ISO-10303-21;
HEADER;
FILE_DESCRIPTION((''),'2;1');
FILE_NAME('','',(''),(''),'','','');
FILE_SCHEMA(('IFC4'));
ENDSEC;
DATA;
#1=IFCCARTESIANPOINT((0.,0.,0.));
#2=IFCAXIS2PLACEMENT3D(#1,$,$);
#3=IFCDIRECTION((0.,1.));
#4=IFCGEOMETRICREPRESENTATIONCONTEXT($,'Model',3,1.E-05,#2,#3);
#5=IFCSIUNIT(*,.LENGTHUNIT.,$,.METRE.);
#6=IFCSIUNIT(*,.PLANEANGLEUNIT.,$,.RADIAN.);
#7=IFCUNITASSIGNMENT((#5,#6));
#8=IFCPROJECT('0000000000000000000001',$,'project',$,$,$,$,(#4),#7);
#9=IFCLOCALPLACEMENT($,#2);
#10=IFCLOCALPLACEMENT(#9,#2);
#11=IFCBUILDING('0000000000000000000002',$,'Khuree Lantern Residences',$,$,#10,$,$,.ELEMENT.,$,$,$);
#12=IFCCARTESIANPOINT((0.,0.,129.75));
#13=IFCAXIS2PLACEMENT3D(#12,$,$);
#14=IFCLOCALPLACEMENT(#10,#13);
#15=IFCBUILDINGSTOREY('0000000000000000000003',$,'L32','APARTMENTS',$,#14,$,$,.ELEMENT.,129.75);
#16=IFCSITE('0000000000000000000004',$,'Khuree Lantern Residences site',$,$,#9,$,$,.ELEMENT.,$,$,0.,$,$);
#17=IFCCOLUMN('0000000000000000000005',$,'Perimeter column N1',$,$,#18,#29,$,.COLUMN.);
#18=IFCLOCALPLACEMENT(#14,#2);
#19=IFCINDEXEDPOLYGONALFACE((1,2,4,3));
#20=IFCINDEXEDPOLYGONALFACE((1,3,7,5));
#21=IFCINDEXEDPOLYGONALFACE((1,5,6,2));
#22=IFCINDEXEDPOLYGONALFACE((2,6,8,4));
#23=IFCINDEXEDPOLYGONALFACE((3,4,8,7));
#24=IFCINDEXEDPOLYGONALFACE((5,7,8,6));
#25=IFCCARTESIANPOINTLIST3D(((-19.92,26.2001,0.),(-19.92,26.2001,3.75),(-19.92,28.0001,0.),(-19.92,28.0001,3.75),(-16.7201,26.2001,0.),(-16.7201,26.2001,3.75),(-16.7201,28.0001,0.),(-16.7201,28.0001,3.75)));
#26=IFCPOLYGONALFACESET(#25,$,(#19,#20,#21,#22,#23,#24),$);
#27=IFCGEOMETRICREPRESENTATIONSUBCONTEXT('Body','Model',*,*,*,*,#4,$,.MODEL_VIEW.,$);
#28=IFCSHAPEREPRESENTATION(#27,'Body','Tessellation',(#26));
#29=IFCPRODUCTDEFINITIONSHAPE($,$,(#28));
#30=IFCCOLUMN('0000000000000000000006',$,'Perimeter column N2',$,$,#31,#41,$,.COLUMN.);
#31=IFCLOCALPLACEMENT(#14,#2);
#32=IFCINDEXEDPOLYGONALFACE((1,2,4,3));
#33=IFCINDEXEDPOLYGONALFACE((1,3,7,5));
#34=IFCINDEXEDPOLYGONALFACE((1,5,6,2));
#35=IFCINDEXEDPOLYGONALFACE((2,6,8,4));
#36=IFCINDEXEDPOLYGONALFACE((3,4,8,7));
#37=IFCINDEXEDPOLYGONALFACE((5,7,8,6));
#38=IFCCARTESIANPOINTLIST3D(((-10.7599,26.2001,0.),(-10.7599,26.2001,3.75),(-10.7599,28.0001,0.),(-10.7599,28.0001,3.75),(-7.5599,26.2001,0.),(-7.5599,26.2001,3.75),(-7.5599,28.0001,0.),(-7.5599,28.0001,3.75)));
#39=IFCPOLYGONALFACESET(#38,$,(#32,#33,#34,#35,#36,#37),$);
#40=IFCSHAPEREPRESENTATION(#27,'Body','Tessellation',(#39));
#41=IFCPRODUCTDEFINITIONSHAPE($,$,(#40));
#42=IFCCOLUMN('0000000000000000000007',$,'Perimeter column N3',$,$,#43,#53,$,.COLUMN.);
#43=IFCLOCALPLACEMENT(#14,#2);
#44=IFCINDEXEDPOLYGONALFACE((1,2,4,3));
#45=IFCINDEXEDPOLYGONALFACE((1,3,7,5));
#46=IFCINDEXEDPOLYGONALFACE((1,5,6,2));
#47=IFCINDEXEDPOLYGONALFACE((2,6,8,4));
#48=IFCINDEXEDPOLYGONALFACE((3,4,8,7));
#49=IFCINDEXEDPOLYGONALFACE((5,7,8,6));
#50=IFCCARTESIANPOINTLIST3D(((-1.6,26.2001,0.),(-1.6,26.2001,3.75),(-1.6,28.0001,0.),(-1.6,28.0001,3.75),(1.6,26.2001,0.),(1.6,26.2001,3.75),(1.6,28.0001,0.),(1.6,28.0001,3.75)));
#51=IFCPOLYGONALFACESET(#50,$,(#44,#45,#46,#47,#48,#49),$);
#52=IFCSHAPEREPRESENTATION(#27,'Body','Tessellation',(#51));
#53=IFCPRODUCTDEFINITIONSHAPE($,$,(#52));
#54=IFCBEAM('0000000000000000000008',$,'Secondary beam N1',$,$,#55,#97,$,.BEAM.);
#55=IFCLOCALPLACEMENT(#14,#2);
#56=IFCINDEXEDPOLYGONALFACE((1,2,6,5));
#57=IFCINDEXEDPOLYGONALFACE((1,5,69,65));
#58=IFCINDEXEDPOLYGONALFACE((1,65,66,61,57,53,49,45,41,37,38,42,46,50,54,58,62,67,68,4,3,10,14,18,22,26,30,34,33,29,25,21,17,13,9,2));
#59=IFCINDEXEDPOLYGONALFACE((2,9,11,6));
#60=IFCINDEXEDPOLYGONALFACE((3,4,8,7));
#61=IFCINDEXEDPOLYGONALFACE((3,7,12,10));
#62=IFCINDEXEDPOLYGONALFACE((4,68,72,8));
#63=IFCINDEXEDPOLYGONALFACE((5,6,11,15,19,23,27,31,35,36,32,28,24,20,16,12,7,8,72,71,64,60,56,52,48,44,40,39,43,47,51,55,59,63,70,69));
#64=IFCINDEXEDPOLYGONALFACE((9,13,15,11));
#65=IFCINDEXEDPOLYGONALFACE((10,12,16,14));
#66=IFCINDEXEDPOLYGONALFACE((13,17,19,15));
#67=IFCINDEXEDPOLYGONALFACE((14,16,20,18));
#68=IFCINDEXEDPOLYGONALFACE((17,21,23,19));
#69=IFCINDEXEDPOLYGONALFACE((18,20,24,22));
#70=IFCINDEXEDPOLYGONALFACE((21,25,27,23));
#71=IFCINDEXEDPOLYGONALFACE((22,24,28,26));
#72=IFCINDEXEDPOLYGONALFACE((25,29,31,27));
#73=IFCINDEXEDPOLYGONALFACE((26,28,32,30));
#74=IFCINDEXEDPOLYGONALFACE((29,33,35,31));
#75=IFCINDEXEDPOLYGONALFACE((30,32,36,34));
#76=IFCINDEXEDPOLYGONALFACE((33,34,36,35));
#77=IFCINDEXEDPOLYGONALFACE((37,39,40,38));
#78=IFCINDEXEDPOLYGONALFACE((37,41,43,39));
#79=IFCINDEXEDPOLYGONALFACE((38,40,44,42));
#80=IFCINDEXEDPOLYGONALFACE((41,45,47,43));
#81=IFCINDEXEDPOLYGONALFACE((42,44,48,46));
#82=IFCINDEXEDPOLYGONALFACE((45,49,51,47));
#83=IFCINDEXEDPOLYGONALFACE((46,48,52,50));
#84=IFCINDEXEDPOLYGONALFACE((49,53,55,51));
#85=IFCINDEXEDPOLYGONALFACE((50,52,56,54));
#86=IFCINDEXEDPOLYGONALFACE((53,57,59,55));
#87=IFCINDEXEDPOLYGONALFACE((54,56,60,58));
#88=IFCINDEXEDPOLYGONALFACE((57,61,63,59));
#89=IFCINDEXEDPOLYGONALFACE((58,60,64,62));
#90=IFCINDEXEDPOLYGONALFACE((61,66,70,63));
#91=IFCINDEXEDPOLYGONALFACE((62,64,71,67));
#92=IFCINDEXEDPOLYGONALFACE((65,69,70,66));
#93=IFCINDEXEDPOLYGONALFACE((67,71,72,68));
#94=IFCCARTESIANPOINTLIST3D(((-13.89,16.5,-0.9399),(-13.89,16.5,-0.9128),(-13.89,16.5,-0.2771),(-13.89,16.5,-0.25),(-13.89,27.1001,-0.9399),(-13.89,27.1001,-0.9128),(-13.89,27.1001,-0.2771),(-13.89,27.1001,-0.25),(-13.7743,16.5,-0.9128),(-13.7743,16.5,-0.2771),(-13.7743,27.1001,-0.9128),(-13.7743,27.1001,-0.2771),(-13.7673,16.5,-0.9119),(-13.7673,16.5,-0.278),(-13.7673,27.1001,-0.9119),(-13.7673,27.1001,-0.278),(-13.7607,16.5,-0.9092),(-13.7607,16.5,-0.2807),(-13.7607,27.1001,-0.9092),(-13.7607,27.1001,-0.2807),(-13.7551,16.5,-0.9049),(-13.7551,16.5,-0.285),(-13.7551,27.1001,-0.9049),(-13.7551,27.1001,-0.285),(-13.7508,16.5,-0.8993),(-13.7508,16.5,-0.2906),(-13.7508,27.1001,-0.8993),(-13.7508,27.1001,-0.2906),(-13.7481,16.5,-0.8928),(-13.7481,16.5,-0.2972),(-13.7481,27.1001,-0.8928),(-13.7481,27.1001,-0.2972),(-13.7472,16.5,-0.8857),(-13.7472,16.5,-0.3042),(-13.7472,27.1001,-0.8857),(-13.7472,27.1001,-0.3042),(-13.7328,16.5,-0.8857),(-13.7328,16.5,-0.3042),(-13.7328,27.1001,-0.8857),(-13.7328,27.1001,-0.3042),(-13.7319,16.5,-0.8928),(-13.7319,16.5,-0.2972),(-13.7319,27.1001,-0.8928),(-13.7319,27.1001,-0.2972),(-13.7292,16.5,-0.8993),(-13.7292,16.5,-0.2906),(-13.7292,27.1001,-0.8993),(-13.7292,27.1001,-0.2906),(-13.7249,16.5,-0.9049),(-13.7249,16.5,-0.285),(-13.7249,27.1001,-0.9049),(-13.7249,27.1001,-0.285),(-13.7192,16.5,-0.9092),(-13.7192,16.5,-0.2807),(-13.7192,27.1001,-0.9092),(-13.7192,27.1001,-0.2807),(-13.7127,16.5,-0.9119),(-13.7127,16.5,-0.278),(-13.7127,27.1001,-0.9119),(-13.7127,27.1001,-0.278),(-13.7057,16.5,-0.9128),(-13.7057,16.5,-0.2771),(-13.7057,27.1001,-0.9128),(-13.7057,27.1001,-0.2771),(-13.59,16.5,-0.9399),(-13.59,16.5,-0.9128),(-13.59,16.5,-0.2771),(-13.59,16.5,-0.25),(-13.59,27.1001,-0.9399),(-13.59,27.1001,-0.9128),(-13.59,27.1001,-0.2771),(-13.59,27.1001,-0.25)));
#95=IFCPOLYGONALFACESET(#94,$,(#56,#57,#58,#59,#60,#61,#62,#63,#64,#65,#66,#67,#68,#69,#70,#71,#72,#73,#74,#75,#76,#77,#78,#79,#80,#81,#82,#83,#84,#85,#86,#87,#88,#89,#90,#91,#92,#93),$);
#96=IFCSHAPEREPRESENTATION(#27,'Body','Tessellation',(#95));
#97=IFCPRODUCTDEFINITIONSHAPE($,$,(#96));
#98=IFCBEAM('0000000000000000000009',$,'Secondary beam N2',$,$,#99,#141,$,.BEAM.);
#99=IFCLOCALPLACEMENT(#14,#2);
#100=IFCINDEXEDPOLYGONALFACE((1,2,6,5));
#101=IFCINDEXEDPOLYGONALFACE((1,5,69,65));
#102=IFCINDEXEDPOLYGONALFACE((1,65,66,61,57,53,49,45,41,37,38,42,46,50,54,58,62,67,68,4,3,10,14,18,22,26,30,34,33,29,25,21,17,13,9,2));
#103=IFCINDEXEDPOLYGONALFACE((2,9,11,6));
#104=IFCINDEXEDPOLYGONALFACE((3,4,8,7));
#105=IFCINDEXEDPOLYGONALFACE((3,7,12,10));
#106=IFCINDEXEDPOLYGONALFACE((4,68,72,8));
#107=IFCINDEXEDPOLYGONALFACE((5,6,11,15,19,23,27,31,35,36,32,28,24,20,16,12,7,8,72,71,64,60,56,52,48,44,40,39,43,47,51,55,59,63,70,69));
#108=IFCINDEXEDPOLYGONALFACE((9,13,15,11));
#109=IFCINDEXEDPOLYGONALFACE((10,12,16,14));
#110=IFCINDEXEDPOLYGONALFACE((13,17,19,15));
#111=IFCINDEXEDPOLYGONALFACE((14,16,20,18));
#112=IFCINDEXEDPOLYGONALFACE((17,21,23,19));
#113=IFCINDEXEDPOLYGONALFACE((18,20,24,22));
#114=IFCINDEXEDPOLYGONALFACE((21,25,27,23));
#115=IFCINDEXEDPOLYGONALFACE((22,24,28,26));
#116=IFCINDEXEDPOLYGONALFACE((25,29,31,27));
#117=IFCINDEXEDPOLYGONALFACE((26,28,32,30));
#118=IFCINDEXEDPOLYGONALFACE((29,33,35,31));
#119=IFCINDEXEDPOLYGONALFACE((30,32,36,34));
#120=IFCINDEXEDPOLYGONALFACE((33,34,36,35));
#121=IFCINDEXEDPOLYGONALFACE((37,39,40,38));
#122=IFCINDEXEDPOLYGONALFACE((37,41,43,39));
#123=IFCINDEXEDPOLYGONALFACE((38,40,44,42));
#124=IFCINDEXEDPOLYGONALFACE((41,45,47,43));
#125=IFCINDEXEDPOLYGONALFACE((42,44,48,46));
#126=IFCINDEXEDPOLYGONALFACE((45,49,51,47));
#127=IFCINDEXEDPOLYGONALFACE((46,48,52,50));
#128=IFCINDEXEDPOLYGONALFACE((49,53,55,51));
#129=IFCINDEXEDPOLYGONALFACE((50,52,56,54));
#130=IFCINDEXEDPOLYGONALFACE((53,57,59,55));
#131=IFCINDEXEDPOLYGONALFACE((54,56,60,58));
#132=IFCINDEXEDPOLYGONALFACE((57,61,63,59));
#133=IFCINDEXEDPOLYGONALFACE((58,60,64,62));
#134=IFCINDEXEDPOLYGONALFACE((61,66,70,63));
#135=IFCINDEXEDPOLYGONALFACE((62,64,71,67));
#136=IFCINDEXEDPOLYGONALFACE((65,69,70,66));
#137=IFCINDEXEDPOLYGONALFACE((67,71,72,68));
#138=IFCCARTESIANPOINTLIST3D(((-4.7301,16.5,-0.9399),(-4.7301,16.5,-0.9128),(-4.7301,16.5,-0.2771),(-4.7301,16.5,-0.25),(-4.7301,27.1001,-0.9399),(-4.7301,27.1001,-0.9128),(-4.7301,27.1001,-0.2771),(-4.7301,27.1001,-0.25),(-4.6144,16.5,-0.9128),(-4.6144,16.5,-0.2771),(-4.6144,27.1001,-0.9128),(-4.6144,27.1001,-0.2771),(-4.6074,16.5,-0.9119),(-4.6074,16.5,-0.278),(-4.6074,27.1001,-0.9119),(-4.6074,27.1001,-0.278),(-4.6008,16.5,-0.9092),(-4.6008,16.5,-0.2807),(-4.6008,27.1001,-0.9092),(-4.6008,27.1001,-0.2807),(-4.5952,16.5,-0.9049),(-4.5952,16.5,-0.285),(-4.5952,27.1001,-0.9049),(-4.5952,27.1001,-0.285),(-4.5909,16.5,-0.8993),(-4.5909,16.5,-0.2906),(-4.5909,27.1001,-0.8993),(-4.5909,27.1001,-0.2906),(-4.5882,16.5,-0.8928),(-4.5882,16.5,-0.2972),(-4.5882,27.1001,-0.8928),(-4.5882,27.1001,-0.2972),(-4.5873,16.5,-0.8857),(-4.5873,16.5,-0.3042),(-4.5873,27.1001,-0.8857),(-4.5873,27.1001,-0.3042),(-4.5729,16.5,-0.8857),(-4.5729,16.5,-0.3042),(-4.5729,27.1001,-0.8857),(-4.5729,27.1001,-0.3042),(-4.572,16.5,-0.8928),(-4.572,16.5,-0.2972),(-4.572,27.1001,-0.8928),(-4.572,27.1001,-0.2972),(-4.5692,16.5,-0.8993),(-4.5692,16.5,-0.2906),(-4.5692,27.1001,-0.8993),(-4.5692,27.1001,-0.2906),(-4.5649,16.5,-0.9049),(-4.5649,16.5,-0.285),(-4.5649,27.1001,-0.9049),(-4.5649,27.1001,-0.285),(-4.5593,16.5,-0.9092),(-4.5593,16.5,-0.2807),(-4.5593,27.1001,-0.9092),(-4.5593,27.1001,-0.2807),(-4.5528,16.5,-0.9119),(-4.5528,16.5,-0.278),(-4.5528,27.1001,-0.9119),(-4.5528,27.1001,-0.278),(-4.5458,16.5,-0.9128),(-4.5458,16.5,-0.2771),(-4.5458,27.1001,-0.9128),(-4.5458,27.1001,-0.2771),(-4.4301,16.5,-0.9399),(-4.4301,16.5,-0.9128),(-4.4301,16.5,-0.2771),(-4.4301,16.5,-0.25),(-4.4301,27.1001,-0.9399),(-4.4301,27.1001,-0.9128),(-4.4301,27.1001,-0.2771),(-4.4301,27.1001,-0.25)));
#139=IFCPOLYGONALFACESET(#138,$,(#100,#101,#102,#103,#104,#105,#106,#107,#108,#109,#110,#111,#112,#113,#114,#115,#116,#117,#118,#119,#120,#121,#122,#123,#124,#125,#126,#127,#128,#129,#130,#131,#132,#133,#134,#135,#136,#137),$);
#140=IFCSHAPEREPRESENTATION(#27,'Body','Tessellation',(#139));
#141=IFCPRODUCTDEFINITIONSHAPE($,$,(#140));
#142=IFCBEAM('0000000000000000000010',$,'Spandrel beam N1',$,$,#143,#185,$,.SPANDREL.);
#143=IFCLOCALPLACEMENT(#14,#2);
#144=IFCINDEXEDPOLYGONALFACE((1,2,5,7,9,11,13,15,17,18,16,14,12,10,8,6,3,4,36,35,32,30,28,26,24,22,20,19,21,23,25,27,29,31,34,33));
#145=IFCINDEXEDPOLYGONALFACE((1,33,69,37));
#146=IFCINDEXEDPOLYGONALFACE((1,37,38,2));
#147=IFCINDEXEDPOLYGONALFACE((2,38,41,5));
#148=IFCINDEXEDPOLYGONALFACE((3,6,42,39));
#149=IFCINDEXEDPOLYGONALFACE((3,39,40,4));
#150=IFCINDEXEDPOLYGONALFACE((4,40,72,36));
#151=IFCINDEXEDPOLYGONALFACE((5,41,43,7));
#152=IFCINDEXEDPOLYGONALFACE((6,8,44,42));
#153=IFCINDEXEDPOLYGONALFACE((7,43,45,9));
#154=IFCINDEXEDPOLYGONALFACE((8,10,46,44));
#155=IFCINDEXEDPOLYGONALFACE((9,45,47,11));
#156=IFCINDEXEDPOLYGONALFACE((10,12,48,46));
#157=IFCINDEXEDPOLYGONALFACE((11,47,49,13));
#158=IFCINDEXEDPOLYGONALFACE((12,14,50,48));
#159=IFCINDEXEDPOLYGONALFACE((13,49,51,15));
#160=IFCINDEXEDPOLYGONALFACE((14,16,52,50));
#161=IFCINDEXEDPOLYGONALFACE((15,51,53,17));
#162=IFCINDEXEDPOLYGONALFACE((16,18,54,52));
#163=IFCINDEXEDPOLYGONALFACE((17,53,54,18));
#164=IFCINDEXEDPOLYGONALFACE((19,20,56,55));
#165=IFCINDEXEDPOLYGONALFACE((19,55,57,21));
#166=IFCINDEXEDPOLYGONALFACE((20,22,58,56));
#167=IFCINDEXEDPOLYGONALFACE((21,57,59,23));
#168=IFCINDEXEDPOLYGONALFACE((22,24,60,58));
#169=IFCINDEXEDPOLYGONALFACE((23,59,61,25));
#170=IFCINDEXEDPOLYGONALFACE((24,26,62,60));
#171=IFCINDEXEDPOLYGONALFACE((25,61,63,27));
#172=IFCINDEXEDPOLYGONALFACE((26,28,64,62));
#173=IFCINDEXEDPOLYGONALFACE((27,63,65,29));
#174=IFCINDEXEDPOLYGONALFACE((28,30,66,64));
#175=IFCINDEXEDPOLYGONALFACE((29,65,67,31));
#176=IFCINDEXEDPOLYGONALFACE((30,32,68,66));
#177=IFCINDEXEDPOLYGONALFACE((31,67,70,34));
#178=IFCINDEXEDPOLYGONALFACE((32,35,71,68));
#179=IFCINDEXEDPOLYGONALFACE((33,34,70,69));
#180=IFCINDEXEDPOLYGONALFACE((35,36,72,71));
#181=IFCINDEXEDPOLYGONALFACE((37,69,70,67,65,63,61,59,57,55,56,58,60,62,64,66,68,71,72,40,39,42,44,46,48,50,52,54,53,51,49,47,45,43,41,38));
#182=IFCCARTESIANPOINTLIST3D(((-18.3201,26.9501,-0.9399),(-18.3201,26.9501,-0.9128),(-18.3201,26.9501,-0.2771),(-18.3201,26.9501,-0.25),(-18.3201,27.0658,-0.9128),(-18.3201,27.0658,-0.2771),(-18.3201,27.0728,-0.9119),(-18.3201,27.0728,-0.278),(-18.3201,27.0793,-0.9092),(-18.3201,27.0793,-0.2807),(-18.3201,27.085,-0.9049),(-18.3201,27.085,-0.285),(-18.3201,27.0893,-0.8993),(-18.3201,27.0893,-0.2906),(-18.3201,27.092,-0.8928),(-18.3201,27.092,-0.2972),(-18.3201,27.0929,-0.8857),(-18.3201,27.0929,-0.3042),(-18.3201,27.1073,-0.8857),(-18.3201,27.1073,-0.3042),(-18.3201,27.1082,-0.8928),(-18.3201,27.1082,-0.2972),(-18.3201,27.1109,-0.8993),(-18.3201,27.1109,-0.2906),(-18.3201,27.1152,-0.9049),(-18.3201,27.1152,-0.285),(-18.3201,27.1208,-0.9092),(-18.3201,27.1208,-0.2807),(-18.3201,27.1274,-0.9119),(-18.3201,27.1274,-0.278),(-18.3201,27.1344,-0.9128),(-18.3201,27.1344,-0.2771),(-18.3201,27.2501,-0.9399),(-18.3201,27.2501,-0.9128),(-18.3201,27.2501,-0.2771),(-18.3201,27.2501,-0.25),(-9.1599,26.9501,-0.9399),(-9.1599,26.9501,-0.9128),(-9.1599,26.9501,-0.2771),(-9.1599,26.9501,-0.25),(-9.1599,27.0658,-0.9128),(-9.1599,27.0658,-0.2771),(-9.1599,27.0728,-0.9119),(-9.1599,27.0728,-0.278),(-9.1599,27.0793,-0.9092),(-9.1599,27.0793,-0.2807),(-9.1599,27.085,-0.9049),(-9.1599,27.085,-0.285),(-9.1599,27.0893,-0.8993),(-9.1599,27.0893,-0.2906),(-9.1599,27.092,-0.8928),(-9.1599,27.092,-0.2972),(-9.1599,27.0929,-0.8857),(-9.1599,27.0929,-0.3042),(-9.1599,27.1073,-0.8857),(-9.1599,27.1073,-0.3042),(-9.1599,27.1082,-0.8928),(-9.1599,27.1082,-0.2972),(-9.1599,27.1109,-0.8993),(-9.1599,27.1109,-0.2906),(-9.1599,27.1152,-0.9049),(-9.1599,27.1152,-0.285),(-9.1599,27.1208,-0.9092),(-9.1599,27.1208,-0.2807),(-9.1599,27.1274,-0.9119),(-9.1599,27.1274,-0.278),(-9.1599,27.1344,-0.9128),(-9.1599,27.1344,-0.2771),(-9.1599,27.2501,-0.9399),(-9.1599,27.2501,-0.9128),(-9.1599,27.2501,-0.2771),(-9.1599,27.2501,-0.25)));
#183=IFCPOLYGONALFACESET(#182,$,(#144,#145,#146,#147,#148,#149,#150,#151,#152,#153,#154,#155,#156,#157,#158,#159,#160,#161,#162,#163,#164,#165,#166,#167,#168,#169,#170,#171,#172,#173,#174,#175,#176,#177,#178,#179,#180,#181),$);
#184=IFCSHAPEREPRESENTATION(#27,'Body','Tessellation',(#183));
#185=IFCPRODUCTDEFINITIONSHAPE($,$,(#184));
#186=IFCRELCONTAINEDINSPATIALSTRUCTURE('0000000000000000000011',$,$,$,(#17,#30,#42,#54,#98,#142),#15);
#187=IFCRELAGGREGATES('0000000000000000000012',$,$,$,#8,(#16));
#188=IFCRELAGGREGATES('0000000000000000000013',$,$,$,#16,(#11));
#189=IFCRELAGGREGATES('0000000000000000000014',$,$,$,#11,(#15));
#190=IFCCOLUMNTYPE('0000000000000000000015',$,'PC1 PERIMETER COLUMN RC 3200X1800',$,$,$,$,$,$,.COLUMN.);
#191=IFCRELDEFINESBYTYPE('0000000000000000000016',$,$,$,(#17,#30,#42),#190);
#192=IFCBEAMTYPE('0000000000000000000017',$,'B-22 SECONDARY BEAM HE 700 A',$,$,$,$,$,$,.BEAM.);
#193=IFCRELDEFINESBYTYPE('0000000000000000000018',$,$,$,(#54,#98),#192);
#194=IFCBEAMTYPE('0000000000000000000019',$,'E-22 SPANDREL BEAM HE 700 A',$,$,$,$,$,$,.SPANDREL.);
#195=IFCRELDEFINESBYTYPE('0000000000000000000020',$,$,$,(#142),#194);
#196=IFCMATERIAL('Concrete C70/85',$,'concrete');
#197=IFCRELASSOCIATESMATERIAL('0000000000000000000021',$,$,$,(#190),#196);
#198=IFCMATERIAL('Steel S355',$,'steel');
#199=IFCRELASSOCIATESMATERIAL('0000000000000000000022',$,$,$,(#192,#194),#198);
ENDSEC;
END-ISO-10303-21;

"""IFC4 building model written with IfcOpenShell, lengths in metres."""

from ifc_helpers import new_model, si_unit, direction, frame, origin, origin_2d, place, context, subcontext, project, spatial, rectangle, i_section, extrude, material, material_profile, profile_set, type_object, element, save


model = new_model("IFC4")

# Units and contexts
model_context = context("Model", 3, precision=1e-05, world=origin(), true_north=direction((0.0, 1.0)))
body_context = subcontext(model_context, "Body", "Model", "MODEL_VIEW")
ifc_project = project(units=[si_unit("LENGTHUNIT", "METRE"), si_unit("PLANEANGLEUNIT", "RADIAN")], contexts=[model_context])

# Site, building, storey
site_placement = place(None, origin())
site = spatial("IfcSite", under=ifc_project, at=site_placement, Name="Khuree Lantern Residences site", CompositionType="ELEMENT", RefElevation=0.0)
building_placement = place(site_placement, origin())
building = spatial("IfcBuilding", under=site, at=building_placement, Name="Khuree Lantern Residences", CompositionType="ELEMENT")
storey_placement = place(building_placement, frame((0.0, 0.0, 129.75)))
storey = spatial("IfcBuildingStorey", under=building, at=storey_placement, Name="L32", Description="APARTMENTS", CompositionType="ELEMENT", Elevation=129.75)

# Columns
ifc_material_1 = material(Name="Concrete C70/85", Category="concrete")
ifc_material_profile_1 = material_profile(ifc_material_1, rectangle(XDim=3.2, YDim=1.8, at=origin_2d()), Name="RC 3200X1800")
ifc_profile_set_1 = profile_set([ifc_material_profile_1], Name="Concrete C70/85")
column_type = type_object("IfcColumnType", Name="PC1 PERIMETER COLUMN RC 3200X1800", PredefinedType="COLUMN", material=ifc_profile_set_1)
for number, where, z_axis, x_axis, name in (
    (1, (-18.3201, 27.1001, 0.0), (0.0, 0.0, 1.0), (1.0, 0.0, 0.0), "Perimeter column N1"),
    (2, (-9.1599, 27.1001, 0.0), (0.0, 0.0, 1.0), (1.0, 0.0, 0.0), "Perimeter column N2"),
    (3, (0.0, 27.1001, 0.0), (0.0, 0.0, 1.0), (1.0, 0.0, 0.0), "Perimeter column N3"),
):
    element("IfcColumn", number, at=place(storey_placement, frame(where, z_axis=z_axis, x_axis=x_axis)), inside=storey, type_object=column_type, Name=name, PredefinedType="COLUMN", context=body_context, shape_type="SweptSolid", body=[
        extrude(rectangle(XDim=3.2, YDim=1.8, at=origin_2d()), origin(), (0.0, 0.0, 1.0), 3.75),
    ])

# Beams
ifc_material_2 = material(Name="Steel S355", Category="steel")
ifc_material_profile_2 = material_profile(ifc_material_2, i_section(OverallWidth=0.3, OverallDepth=0.6899, WebThickness=0.0144, FlangeThickness=0.0271, FilletRadius=0.0271, at=origin_2d()), Name="HE 700 A")
ifc_profile_set_2 = profile_set([ifc_material_profile_2], Name="Steel S355")
beam_type_1 = type_object("IfcBeamType", Name="B-22 SECONDARY BEAM HE 700 A", PredefinedType="BEAM", material=ifc_profile_set_2)
for number, where, z_axis, x_axis, name in (
    (4, (-13.74, 27.1001, -0.595), (0.0, -1.0, 0.0), (1.0, 0.0, 0.0), "Secondary beam N1"),
    (5, (-4.5801, 27.1001, -0.595), (0.0, -1.0, 0.0), (1.0, 0.0, 0.0), "Secondary beam N2"),
):
    element("IfcBeam", number, at=place(storey_placement, frame(where, z_axis=z_axis, x_axis=x_axis)), inside=storey, type_object=beam_type_1, Name=name, PredefinedType="BEAM", context=body_context, shape_type="SweptSolid", body=[
        extrude(i_section(OverallWidth=0.3, OverallDepth=0.6899, WebThickness=0.0144, FlangeThickness=0.0271, FilletRadius=0.0271, at=origin_2d()), origin(), (0.0, 0.0, 1.0), 10.6001),
    ])
ifc_material_profile_3 = material_profile(ifc_material_2, i_section(OverallWidth=0.3, OverallDepth=0.6899, WebThickness=0.0144, FlangeThickness=0.0271, FilletRadius=0.0271, at=origin_2d()), Name="HE 700 A")
ifc_profile_set_3 = profile_set([ifc_material_profile_3], Name="Steel S355")
beam_type_2 = type_object("IfcBeamType", Name="E-22 SPANDREL BEAM HE 700 A", PredefinedType="SPANDREL", material=ifc_profile_set_3)
beam_1_placement = place(storey_placement, frame((-18.3201, 27.1001, -0.595), z_axis=(1.0, 0.0, 0.0), x_axis=(0.0, 1.0, 0.0)))
element("IfcBeam", 6, at=beam_1_placement, inside=storey, type_object=beam_type_2, Name="Spandrel beam N1", PredefinedType="SPANDREL", context=body_context, shape_type="SweptSolid", body=[
    extrude(i_section(OverallWidth=0.3, OverallDepth=0.6899, WebThickness=0.0144, FlangeThickness=0.0271, FilletRadius=0.0271, at=origin_2d()), origin(), (0.0, 0.0, 1.0), 9.1602),
])

save(model, "model.ifc")
